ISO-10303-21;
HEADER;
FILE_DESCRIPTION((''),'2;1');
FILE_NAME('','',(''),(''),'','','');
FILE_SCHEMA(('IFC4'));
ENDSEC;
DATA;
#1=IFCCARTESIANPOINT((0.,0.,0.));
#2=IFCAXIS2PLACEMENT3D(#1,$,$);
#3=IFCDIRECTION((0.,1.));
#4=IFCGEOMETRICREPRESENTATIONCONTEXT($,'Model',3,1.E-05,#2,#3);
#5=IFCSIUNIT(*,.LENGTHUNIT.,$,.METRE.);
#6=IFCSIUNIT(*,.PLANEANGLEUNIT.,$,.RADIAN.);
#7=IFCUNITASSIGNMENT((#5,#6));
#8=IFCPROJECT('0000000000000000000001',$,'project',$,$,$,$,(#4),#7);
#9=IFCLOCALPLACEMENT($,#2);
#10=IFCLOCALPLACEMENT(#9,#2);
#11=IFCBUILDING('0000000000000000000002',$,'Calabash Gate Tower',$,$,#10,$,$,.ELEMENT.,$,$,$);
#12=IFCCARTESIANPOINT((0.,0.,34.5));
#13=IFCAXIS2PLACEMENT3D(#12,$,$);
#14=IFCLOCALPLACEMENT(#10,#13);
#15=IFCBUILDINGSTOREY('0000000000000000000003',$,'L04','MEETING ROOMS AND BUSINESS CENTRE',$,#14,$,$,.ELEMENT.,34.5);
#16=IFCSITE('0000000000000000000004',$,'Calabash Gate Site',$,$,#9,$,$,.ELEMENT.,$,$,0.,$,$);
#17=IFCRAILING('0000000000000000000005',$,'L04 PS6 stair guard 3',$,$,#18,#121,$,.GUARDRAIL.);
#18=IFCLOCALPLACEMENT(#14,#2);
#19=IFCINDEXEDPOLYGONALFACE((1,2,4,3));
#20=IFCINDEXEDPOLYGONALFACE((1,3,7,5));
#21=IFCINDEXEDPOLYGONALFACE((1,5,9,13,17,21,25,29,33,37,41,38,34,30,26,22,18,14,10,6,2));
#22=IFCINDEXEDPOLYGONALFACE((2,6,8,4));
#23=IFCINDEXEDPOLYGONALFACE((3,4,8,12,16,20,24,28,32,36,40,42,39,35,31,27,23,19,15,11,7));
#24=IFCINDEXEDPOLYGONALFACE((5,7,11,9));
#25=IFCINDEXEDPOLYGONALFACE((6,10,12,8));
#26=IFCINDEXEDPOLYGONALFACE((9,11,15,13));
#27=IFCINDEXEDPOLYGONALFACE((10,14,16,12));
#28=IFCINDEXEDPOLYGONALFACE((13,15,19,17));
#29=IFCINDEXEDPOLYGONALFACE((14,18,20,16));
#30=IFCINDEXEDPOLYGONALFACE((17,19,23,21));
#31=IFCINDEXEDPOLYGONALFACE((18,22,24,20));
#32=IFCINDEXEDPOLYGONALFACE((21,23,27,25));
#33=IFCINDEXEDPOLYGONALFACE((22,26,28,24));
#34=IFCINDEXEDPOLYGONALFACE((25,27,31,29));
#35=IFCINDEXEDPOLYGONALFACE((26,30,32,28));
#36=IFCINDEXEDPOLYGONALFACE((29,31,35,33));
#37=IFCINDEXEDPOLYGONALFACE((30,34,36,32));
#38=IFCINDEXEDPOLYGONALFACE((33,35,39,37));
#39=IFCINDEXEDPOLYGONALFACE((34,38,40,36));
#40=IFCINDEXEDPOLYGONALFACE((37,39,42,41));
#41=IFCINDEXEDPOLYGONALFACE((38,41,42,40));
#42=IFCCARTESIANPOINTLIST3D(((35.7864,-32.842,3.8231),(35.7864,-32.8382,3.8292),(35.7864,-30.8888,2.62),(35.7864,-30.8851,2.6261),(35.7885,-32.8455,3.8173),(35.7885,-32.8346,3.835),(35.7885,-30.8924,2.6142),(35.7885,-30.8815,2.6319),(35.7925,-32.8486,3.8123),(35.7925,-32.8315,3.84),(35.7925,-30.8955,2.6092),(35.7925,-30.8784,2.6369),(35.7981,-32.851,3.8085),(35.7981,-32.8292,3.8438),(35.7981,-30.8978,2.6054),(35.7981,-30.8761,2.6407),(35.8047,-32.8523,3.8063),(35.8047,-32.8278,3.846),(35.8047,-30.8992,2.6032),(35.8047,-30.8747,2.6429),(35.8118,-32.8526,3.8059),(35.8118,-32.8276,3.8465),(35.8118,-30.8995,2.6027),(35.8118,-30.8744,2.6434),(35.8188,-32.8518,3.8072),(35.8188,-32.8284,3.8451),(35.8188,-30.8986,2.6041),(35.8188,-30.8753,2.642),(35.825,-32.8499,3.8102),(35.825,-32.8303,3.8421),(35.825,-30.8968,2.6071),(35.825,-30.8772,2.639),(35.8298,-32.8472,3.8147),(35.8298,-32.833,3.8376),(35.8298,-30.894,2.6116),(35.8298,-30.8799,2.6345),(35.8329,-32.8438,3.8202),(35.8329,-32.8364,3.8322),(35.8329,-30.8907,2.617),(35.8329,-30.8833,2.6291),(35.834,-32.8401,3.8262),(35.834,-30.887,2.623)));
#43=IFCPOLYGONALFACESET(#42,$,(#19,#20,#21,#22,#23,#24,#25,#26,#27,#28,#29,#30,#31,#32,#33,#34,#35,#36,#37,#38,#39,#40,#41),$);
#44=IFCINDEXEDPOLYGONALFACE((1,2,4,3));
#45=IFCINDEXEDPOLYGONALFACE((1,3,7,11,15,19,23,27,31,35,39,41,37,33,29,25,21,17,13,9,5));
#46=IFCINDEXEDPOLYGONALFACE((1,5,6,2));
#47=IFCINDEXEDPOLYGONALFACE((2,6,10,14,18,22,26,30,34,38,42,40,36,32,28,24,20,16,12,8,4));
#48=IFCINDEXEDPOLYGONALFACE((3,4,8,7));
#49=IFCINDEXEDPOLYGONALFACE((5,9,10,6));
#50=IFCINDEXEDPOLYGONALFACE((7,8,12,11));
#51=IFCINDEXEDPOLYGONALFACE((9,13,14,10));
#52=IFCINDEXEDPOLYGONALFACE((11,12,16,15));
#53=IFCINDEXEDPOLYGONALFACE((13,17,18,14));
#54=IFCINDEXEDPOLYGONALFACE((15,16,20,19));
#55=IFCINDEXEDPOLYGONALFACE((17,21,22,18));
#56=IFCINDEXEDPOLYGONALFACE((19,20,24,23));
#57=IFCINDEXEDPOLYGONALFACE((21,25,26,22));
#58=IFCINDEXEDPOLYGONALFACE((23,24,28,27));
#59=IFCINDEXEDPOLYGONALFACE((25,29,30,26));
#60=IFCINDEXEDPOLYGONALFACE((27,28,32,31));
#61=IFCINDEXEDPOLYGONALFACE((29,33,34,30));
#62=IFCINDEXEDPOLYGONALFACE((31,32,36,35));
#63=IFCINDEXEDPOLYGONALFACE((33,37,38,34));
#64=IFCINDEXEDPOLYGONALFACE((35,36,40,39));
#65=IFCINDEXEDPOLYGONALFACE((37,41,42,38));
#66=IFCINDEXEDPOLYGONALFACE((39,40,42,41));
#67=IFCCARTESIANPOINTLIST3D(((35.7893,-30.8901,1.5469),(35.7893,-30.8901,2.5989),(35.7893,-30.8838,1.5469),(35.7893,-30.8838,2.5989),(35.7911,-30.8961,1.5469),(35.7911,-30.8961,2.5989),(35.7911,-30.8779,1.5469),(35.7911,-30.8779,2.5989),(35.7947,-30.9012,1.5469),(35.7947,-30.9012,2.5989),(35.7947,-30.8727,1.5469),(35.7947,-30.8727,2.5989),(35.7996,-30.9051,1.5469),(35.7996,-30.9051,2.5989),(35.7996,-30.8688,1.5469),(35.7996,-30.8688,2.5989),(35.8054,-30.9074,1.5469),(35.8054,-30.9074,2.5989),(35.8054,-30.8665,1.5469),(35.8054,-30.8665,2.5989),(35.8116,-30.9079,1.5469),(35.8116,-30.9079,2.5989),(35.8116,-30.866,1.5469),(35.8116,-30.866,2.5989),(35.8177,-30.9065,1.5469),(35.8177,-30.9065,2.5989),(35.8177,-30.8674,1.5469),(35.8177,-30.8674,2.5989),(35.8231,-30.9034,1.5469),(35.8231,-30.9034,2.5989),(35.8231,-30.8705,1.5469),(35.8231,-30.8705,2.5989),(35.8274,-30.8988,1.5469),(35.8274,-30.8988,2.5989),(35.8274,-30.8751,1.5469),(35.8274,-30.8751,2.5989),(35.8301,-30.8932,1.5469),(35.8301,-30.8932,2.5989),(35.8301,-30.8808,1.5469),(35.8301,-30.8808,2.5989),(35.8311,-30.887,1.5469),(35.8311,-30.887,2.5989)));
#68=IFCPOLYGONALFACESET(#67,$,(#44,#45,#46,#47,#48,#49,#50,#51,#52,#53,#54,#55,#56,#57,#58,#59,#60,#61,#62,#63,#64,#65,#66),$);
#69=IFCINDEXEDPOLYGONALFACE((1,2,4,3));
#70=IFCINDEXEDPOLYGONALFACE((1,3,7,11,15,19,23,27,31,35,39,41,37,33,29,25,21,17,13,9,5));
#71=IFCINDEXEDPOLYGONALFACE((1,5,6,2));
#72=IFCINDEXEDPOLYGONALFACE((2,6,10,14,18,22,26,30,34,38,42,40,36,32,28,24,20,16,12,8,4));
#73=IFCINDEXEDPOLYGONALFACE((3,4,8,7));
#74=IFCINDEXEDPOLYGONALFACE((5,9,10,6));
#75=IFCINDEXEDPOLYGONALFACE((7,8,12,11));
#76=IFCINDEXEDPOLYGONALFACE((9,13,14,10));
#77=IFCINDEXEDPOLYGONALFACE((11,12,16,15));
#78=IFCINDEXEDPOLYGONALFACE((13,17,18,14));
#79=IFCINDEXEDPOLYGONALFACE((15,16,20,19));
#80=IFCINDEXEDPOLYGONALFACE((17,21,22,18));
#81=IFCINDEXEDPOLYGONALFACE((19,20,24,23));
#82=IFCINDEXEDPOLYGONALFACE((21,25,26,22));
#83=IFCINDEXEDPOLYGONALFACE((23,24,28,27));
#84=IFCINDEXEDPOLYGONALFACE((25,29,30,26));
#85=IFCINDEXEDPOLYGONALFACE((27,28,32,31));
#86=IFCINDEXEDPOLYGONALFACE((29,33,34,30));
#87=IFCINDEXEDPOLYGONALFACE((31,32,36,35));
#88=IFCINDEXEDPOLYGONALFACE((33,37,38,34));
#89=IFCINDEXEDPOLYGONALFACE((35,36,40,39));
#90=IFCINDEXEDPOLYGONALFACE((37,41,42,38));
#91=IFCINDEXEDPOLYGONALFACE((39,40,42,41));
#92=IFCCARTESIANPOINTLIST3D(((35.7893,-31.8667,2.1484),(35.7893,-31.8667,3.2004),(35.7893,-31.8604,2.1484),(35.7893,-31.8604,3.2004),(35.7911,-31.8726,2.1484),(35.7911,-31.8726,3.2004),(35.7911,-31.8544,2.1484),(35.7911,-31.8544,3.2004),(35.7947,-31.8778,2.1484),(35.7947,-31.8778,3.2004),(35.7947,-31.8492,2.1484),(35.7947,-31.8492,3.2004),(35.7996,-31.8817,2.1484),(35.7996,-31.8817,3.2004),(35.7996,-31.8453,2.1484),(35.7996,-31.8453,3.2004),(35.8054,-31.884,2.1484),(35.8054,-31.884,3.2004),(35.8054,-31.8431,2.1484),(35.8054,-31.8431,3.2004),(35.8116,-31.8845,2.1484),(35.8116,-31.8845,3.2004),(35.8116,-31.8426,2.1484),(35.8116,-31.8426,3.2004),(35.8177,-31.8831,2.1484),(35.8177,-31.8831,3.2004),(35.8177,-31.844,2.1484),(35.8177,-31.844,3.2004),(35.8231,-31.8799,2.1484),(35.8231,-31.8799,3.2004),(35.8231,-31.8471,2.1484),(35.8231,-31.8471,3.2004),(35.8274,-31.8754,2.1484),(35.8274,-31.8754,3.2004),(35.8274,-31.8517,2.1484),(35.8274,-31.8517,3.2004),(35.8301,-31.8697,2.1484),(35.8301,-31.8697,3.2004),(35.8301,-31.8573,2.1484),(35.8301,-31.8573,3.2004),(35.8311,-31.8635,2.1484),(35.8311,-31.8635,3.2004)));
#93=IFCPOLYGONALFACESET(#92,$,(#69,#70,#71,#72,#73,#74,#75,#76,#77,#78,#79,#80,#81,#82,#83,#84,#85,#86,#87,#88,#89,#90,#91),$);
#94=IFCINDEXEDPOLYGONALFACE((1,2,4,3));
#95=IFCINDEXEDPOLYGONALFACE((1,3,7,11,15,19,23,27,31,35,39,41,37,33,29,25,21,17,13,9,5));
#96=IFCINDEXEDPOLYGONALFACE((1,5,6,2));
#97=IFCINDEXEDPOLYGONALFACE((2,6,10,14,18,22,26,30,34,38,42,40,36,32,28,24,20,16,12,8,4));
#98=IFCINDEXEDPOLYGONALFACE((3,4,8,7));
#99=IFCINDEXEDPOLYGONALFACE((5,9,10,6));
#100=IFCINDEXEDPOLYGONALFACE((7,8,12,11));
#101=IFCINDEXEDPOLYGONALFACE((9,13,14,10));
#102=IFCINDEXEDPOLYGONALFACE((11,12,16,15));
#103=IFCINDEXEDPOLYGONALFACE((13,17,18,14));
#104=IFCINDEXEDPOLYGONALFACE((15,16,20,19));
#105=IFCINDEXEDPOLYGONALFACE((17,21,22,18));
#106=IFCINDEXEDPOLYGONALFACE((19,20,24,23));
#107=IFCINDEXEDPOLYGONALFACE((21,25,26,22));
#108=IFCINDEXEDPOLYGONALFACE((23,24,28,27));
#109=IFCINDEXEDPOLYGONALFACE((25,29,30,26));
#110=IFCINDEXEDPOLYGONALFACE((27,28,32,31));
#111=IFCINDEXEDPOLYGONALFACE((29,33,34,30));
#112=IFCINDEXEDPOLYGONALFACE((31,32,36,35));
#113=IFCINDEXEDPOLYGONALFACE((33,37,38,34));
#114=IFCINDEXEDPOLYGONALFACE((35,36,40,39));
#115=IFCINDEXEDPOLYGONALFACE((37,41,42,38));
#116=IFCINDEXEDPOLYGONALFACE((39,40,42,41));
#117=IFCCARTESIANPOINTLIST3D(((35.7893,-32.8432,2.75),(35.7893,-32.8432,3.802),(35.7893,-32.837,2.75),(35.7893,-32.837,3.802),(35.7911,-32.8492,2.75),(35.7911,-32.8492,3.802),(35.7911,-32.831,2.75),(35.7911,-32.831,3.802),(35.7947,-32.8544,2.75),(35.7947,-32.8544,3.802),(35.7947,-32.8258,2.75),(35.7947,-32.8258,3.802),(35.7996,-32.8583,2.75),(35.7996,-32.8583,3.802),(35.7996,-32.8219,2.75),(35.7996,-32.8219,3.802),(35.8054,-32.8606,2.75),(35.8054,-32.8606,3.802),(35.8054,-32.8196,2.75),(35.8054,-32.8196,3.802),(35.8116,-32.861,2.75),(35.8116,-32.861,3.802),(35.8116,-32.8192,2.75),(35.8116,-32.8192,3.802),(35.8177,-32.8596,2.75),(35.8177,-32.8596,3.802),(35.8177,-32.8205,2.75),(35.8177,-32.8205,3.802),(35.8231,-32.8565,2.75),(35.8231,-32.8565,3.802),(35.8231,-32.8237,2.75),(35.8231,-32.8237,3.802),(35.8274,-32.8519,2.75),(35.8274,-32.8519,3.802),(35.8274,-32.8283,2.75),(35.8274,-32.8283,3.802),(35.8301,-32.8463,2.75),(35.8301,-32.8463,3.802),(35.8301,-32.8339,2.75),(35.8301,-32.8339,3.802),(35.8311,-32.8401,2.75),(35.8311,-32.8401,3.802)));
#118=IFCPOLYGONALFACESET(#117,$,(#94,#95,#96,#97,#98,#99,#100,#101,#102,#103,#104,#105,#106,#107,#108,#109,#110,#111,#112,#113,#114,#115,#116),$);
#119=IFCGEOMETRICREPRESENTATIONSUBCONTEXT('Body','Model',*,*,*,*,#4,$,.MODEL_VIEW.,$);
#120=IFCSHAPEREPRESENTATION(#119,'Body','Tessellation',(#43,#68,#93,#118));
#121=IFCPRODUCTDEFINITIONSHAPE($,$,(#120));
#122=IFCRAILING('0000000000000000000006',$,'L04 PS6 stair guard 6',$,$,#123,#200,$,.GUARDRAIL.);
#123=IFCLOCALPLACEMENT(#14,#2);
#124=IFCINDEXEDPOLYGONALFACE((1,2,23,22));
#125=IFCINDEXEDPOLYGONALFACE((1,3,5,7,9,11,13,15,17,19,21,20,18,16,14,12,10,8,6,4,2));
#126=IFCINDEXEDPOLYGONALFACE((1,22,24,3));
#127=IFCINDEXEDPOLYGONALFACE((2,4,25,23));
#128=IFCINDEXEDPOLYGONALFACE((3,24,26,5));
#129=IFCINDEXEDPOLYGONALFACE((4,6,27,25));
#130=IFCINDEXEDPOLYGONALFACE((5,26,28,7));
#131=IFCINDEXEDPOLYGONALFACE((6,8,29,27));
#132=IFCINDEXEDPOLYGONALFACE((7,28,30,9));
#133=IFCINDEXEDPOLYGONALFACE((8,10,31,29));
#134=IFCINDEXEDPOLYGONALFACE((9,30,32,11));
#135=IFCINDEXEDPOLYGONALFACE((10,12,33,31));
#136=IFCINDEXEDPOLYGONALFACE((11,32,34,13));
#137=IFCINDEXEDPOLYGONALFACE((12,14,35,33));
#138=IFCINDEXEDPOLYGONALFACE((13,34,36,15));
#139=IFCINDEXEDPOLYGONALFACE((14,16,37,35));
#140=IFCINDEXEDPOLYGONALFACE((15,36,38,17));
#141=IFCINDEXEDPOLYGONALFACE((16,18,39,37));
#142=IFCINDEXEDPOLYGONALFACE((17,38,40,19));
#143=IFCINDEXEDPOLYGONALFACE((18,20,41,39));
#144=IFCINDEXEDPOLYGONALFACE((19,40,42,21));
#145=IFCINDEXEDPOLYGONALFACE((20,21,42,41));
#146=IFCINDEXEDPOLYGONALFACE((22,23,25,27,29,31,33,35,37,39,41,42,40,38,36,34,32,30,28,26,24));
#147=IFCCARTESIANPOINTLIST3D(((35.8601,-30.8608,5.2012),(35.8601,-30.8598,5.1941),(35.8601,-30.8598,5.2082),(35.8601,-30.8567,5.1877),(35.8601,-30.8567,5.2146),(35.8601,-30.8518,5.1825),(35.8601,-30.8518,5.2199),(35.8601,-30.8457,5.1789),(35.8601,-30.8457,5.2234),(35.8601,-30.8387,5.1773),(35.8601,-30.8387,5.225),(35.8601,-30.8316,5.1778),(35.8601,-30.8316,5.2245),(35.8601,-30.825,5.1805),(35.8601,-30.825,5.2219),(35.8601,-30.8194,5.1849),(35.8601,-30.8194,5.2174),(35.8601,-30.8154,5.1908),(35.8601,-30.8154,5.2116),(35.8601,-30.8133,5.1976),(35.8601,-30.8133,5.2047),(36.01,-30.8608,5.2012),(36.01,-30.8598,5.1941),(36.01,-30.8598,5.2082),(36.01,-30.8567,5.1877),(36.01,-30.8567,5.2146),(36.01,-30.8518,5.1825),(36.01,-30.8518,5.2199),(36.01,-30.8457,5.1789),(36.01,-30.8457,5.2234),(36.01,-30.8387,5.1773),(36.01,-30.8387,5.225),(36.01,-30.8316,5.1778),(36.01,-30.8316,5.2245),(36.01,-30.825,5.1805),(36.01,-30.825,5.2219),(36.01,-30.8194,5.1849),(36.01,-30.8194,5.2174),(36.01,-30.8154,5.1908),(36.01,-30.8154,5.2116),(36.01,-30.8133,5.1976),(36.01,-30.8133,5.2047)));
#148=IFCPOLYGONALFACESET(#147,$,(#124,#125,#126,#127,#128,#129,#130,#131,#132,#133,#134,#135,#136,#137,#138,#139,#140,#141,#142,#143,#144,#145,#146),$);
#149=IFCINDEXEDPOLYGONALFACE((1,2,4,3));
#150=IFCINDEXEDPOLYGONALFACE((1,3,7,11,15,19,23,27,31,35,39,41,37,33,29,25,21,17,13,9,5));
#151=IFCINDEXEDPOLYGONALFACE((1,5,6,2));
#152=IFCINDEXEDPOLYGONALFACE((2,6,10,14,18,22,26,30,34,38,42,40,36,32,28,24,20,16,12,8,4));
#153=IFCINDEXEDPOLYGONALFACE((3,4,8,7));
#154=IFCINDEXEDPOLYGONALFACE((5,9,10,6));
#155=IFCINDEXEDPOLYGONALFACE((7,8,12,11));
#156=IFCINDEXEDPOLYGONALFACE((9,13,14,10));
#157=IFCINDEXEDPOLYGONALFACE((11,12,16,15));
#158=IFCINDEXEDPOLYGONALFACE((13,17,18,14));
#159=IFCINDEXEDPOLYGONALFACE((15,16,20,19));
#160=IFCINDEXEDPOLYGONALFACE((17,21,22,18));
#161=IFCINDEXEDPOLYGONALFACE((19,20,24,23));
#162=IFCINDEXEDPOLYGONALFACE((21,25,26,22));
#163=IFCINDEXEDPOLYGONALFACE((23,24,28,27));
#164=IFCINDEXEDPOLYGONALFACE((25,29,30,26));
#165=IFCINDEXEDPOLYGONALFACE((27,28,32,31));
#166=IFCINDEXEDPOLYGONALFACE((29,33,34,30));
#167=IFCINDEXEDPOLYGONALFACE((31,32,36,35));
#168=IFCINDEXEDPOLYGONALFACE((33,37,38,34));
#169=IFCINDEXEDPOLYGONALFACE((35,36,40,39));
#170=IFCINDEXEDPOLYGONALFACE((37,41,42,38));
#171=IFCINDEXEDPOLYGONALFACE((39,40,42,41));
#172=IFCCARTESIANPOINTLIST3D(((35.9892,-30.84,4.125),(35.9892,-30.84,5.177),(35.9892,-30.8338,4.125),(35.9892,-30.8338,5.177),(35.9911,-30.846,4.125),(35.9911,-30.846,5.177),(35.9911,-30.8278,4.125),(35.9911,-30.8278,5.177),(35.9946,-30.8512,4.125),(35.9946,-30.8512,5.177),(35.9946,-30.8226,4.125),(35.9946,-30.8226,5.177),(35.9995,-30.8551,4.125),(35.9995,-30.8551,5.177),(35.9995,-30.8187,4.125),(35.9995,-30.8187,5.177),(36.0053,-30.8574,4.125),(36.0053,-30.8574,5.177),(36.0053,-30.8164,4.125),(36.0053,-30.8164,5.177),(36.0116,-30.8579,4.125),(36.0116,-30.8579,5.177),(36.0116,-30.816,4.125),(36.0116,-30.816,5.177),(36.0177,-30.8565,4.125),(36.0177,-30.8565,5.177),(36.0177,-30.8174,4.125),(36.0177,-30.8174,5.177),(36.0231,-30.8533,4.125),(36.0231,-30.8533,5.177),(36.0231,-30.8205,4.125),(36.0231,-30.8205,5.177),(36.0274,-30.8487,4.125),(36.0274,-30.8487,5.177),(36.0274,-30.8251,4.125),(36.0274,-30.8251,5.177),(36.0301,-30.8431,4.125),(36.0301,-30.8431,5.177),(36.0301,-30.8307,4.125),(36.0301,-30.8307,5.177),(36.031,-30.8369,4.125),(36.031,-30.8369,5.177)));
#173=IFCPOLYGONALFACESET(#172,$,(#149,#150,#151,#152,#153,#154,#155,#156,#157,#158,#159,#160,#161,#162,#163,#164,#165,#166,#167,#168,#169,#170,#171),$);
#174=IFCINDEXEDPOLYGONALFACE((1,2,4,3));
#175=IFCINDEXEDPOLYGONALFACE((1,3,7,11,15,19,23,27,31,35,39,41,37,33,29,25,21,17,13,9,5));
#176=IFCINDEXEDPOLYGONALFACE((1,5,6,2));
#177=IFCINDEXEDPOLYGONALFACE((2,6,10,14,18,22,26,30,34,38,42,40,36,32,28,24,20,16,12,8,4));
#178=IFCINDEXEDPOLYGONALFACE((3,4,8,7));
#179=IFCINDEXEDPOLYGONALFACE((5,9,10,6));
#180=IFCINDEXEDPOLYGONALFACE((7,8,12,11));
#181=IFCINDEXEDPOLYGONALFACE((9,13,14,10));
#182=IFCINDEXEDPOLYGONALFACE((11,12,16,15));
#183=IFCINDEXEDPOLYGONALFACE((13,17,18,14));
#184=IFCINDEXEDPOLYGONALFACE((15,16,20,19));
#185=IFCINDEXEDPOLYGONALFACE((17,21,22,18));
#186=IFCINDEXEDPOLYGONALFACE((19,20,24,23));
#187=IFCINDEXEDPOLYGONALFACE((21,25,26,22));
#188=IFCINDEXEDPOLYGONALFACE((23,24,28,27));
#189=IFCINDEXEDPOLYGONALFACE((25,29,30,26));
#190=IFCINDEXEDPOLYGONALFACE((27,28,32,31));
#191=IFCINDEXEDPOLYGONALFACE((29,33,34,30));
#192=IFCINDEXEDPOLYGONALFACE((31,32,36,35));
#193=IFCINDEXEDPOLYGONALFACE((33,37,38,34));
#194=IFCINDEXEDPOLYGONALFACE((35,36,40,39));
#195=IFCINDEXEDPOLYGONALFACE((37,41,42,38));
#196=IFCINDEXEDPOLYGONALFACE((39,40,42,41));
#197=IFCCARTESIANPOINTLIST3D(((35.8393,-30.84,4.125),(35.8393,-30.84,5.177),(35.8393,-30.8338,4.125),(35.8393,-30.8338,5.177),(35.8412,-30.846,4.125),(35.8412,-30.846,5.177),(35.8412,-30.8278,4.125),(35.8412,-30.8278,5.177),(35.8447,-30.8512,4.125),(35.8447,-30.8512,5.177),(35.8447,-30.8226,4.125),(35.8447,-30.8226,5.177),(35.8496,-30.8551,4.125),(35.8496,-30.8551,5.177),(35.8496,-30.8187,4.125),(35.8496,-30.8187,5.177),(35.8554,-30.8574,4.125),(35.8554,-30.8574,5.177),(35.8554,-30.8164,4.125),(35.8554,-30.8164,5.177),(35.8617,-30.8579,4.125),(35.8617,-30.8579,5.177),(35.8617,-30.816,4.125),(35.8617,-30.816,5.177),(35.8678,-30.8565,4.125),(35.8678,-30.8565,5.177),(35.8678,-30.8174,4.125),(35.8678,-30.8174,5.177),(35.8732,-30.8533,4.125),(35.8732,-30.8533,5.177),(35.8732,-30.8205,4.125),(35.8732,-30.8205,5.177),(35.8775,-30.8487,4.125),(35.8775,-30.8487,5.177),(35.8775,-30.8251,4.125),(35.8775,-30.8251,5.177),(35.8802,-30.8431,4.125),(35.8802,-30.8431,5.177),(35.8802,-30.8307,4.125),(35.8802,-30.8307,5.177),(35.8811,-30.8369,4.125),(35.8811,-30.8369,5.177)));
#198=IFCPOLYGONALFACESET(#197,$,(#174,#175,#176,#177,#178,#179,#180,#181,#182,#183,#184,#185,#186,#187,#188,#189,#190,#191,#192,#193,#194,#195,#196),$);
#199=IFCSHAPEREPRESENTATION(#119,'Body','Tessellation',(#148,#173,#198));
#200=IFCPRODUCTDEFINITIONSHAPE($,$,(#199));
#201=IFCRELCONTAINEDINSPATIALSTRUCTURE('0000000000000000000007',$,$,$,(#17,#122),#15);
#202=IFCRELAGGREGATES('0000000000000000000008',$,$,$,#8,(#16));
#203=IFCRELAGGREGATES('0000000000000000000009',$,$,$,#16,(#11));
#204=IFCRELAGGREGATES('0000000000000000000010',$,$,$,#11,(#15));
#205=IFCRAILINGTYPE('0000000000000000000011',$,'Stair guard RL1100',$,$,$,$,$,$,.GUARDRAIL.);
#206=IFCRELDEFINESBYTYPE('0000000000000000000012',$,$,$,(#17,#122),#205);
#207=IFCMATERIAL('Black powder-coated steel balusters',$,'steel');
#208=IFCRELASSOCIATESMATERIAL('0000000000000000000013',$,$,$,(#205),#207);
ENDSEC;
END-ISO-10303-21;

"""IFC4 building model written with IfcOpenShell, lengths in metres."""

from ifc_helpers import new_model, si_unit, direction, frame, origin, origin_2d, place, context, subcontext, project, spatial, circle, extrude, material, type_object, element, save


model = new_model("IFC4")

# Units and contexts
model_context = context("Model", 3, precision=1e-05, world=origin(), true_north=direction((0.0, 1.0)))
body_context = subcontext(model_context, "Body", "Model", "MODEL_VIEW")
ifc_project = project(units=[si_unit("LENGTHUNIT", "METRE"), si_unit("PLANEANGLEUNIT", "RADIAN")], contexts=[model_context])

# Site, building, storey
site_placement = place(None, origin())
site = spatial("IfcSite", under=ifc_project, at=site_placement, Name="Calabash Gate Site", CompositionType="ELEMENT", RefElevation=0.0)
building_placement = place(site_placement, origin())
building = spatial("IfcBuilding", under=site, at=building_placement, Name="Calabash Gate Tower", CompositionType="ELEMENT")
storey_placement = place(building_placement, frame((0.0, 0.0, 34.5)))
storey = spatial("IfcBuildingStorey", under=building, at=storey_placement, Name="L04", Description="MEETING ROOMS AND BUSINESS CENTRE", CompositionType="ELEMENT", Elevation=34.5)

# Railings
ifc_material_1 = material(Name="Black powder-coated steel balusters", Category="steel")
railing_type_1 = type_object("IfcRailingType", Name="Stair guard RL1100", PredefinedType="GUARDRAIL", material=ifc_material_1)
railing_1_placement = place(storey_placement, frame((35.8101, -30.887, 1.5469)))
element("IfcRailing", 1, at=railing_1_placement, inside=storey, type_object=railing_type_1, Name="L04 PS6 stair guard 3", PredefinedType="GUARDRAIL", context=body_context, shape_type="SweptSolid", body=[
    extrude(circle(Radius=0.0239, at=origin_2d()), frame((0.0, 0.0, 1.0762), z_axis=(0.0, -0.851424, 0.524477), x_axis=(1.0, 0.0, 0.0)), (0.0, 0.0, 1.0), 2.2939),
    extrude(circle(Radius=0.021, at=origin_2d()), origin(), (0.0, 0.0, 1.0), 1.052),
    extrude(circle(Radius=0.021, at=origin_2d()), frame((0.0, -0.9766, 0.6016)), (0.0, 0.0, 1.0), 1.052),
    extrude(circle(Radius=0.021, at=origin_2d()), frame((0.0, -1.9531, 1.2031)), (0.0, 0.0, 1.0), 1.052),
])
railing_2_placement = place(storey_placement, frame((36.01, -30.8369, 4.125)))
element("IfcRailing", 2, at=railing_2_placement, inside=storey, type_object=railing_type_1, Name="L04 PS6 stair guard 6", PredefinedType="GUARDRAIL", context=body_context, shape_type="SweptSolid", body=[
    extrude(circle(Radius=0.0239, at=origin_2d()), frame((0.0, 0.0, 1.0762), z_axis=(-1.0, 0.0, 0.0), x_axis=(0.0, -1.0, 0.0)), (0.0, 0.0, 1.0), 0.1499),
    extrude(circle(Radius=0.021, at=origin_2d()), origin(), (0.0, 0.0, 1.0), 1.052),
    extrude(circle(Radius=0.021, at=origin_2d()), frame((-0.1499, 0.0, 0.0)), (0.0, 0.0, 1.0), 1.052),
])

save(model, "model.ifc")
